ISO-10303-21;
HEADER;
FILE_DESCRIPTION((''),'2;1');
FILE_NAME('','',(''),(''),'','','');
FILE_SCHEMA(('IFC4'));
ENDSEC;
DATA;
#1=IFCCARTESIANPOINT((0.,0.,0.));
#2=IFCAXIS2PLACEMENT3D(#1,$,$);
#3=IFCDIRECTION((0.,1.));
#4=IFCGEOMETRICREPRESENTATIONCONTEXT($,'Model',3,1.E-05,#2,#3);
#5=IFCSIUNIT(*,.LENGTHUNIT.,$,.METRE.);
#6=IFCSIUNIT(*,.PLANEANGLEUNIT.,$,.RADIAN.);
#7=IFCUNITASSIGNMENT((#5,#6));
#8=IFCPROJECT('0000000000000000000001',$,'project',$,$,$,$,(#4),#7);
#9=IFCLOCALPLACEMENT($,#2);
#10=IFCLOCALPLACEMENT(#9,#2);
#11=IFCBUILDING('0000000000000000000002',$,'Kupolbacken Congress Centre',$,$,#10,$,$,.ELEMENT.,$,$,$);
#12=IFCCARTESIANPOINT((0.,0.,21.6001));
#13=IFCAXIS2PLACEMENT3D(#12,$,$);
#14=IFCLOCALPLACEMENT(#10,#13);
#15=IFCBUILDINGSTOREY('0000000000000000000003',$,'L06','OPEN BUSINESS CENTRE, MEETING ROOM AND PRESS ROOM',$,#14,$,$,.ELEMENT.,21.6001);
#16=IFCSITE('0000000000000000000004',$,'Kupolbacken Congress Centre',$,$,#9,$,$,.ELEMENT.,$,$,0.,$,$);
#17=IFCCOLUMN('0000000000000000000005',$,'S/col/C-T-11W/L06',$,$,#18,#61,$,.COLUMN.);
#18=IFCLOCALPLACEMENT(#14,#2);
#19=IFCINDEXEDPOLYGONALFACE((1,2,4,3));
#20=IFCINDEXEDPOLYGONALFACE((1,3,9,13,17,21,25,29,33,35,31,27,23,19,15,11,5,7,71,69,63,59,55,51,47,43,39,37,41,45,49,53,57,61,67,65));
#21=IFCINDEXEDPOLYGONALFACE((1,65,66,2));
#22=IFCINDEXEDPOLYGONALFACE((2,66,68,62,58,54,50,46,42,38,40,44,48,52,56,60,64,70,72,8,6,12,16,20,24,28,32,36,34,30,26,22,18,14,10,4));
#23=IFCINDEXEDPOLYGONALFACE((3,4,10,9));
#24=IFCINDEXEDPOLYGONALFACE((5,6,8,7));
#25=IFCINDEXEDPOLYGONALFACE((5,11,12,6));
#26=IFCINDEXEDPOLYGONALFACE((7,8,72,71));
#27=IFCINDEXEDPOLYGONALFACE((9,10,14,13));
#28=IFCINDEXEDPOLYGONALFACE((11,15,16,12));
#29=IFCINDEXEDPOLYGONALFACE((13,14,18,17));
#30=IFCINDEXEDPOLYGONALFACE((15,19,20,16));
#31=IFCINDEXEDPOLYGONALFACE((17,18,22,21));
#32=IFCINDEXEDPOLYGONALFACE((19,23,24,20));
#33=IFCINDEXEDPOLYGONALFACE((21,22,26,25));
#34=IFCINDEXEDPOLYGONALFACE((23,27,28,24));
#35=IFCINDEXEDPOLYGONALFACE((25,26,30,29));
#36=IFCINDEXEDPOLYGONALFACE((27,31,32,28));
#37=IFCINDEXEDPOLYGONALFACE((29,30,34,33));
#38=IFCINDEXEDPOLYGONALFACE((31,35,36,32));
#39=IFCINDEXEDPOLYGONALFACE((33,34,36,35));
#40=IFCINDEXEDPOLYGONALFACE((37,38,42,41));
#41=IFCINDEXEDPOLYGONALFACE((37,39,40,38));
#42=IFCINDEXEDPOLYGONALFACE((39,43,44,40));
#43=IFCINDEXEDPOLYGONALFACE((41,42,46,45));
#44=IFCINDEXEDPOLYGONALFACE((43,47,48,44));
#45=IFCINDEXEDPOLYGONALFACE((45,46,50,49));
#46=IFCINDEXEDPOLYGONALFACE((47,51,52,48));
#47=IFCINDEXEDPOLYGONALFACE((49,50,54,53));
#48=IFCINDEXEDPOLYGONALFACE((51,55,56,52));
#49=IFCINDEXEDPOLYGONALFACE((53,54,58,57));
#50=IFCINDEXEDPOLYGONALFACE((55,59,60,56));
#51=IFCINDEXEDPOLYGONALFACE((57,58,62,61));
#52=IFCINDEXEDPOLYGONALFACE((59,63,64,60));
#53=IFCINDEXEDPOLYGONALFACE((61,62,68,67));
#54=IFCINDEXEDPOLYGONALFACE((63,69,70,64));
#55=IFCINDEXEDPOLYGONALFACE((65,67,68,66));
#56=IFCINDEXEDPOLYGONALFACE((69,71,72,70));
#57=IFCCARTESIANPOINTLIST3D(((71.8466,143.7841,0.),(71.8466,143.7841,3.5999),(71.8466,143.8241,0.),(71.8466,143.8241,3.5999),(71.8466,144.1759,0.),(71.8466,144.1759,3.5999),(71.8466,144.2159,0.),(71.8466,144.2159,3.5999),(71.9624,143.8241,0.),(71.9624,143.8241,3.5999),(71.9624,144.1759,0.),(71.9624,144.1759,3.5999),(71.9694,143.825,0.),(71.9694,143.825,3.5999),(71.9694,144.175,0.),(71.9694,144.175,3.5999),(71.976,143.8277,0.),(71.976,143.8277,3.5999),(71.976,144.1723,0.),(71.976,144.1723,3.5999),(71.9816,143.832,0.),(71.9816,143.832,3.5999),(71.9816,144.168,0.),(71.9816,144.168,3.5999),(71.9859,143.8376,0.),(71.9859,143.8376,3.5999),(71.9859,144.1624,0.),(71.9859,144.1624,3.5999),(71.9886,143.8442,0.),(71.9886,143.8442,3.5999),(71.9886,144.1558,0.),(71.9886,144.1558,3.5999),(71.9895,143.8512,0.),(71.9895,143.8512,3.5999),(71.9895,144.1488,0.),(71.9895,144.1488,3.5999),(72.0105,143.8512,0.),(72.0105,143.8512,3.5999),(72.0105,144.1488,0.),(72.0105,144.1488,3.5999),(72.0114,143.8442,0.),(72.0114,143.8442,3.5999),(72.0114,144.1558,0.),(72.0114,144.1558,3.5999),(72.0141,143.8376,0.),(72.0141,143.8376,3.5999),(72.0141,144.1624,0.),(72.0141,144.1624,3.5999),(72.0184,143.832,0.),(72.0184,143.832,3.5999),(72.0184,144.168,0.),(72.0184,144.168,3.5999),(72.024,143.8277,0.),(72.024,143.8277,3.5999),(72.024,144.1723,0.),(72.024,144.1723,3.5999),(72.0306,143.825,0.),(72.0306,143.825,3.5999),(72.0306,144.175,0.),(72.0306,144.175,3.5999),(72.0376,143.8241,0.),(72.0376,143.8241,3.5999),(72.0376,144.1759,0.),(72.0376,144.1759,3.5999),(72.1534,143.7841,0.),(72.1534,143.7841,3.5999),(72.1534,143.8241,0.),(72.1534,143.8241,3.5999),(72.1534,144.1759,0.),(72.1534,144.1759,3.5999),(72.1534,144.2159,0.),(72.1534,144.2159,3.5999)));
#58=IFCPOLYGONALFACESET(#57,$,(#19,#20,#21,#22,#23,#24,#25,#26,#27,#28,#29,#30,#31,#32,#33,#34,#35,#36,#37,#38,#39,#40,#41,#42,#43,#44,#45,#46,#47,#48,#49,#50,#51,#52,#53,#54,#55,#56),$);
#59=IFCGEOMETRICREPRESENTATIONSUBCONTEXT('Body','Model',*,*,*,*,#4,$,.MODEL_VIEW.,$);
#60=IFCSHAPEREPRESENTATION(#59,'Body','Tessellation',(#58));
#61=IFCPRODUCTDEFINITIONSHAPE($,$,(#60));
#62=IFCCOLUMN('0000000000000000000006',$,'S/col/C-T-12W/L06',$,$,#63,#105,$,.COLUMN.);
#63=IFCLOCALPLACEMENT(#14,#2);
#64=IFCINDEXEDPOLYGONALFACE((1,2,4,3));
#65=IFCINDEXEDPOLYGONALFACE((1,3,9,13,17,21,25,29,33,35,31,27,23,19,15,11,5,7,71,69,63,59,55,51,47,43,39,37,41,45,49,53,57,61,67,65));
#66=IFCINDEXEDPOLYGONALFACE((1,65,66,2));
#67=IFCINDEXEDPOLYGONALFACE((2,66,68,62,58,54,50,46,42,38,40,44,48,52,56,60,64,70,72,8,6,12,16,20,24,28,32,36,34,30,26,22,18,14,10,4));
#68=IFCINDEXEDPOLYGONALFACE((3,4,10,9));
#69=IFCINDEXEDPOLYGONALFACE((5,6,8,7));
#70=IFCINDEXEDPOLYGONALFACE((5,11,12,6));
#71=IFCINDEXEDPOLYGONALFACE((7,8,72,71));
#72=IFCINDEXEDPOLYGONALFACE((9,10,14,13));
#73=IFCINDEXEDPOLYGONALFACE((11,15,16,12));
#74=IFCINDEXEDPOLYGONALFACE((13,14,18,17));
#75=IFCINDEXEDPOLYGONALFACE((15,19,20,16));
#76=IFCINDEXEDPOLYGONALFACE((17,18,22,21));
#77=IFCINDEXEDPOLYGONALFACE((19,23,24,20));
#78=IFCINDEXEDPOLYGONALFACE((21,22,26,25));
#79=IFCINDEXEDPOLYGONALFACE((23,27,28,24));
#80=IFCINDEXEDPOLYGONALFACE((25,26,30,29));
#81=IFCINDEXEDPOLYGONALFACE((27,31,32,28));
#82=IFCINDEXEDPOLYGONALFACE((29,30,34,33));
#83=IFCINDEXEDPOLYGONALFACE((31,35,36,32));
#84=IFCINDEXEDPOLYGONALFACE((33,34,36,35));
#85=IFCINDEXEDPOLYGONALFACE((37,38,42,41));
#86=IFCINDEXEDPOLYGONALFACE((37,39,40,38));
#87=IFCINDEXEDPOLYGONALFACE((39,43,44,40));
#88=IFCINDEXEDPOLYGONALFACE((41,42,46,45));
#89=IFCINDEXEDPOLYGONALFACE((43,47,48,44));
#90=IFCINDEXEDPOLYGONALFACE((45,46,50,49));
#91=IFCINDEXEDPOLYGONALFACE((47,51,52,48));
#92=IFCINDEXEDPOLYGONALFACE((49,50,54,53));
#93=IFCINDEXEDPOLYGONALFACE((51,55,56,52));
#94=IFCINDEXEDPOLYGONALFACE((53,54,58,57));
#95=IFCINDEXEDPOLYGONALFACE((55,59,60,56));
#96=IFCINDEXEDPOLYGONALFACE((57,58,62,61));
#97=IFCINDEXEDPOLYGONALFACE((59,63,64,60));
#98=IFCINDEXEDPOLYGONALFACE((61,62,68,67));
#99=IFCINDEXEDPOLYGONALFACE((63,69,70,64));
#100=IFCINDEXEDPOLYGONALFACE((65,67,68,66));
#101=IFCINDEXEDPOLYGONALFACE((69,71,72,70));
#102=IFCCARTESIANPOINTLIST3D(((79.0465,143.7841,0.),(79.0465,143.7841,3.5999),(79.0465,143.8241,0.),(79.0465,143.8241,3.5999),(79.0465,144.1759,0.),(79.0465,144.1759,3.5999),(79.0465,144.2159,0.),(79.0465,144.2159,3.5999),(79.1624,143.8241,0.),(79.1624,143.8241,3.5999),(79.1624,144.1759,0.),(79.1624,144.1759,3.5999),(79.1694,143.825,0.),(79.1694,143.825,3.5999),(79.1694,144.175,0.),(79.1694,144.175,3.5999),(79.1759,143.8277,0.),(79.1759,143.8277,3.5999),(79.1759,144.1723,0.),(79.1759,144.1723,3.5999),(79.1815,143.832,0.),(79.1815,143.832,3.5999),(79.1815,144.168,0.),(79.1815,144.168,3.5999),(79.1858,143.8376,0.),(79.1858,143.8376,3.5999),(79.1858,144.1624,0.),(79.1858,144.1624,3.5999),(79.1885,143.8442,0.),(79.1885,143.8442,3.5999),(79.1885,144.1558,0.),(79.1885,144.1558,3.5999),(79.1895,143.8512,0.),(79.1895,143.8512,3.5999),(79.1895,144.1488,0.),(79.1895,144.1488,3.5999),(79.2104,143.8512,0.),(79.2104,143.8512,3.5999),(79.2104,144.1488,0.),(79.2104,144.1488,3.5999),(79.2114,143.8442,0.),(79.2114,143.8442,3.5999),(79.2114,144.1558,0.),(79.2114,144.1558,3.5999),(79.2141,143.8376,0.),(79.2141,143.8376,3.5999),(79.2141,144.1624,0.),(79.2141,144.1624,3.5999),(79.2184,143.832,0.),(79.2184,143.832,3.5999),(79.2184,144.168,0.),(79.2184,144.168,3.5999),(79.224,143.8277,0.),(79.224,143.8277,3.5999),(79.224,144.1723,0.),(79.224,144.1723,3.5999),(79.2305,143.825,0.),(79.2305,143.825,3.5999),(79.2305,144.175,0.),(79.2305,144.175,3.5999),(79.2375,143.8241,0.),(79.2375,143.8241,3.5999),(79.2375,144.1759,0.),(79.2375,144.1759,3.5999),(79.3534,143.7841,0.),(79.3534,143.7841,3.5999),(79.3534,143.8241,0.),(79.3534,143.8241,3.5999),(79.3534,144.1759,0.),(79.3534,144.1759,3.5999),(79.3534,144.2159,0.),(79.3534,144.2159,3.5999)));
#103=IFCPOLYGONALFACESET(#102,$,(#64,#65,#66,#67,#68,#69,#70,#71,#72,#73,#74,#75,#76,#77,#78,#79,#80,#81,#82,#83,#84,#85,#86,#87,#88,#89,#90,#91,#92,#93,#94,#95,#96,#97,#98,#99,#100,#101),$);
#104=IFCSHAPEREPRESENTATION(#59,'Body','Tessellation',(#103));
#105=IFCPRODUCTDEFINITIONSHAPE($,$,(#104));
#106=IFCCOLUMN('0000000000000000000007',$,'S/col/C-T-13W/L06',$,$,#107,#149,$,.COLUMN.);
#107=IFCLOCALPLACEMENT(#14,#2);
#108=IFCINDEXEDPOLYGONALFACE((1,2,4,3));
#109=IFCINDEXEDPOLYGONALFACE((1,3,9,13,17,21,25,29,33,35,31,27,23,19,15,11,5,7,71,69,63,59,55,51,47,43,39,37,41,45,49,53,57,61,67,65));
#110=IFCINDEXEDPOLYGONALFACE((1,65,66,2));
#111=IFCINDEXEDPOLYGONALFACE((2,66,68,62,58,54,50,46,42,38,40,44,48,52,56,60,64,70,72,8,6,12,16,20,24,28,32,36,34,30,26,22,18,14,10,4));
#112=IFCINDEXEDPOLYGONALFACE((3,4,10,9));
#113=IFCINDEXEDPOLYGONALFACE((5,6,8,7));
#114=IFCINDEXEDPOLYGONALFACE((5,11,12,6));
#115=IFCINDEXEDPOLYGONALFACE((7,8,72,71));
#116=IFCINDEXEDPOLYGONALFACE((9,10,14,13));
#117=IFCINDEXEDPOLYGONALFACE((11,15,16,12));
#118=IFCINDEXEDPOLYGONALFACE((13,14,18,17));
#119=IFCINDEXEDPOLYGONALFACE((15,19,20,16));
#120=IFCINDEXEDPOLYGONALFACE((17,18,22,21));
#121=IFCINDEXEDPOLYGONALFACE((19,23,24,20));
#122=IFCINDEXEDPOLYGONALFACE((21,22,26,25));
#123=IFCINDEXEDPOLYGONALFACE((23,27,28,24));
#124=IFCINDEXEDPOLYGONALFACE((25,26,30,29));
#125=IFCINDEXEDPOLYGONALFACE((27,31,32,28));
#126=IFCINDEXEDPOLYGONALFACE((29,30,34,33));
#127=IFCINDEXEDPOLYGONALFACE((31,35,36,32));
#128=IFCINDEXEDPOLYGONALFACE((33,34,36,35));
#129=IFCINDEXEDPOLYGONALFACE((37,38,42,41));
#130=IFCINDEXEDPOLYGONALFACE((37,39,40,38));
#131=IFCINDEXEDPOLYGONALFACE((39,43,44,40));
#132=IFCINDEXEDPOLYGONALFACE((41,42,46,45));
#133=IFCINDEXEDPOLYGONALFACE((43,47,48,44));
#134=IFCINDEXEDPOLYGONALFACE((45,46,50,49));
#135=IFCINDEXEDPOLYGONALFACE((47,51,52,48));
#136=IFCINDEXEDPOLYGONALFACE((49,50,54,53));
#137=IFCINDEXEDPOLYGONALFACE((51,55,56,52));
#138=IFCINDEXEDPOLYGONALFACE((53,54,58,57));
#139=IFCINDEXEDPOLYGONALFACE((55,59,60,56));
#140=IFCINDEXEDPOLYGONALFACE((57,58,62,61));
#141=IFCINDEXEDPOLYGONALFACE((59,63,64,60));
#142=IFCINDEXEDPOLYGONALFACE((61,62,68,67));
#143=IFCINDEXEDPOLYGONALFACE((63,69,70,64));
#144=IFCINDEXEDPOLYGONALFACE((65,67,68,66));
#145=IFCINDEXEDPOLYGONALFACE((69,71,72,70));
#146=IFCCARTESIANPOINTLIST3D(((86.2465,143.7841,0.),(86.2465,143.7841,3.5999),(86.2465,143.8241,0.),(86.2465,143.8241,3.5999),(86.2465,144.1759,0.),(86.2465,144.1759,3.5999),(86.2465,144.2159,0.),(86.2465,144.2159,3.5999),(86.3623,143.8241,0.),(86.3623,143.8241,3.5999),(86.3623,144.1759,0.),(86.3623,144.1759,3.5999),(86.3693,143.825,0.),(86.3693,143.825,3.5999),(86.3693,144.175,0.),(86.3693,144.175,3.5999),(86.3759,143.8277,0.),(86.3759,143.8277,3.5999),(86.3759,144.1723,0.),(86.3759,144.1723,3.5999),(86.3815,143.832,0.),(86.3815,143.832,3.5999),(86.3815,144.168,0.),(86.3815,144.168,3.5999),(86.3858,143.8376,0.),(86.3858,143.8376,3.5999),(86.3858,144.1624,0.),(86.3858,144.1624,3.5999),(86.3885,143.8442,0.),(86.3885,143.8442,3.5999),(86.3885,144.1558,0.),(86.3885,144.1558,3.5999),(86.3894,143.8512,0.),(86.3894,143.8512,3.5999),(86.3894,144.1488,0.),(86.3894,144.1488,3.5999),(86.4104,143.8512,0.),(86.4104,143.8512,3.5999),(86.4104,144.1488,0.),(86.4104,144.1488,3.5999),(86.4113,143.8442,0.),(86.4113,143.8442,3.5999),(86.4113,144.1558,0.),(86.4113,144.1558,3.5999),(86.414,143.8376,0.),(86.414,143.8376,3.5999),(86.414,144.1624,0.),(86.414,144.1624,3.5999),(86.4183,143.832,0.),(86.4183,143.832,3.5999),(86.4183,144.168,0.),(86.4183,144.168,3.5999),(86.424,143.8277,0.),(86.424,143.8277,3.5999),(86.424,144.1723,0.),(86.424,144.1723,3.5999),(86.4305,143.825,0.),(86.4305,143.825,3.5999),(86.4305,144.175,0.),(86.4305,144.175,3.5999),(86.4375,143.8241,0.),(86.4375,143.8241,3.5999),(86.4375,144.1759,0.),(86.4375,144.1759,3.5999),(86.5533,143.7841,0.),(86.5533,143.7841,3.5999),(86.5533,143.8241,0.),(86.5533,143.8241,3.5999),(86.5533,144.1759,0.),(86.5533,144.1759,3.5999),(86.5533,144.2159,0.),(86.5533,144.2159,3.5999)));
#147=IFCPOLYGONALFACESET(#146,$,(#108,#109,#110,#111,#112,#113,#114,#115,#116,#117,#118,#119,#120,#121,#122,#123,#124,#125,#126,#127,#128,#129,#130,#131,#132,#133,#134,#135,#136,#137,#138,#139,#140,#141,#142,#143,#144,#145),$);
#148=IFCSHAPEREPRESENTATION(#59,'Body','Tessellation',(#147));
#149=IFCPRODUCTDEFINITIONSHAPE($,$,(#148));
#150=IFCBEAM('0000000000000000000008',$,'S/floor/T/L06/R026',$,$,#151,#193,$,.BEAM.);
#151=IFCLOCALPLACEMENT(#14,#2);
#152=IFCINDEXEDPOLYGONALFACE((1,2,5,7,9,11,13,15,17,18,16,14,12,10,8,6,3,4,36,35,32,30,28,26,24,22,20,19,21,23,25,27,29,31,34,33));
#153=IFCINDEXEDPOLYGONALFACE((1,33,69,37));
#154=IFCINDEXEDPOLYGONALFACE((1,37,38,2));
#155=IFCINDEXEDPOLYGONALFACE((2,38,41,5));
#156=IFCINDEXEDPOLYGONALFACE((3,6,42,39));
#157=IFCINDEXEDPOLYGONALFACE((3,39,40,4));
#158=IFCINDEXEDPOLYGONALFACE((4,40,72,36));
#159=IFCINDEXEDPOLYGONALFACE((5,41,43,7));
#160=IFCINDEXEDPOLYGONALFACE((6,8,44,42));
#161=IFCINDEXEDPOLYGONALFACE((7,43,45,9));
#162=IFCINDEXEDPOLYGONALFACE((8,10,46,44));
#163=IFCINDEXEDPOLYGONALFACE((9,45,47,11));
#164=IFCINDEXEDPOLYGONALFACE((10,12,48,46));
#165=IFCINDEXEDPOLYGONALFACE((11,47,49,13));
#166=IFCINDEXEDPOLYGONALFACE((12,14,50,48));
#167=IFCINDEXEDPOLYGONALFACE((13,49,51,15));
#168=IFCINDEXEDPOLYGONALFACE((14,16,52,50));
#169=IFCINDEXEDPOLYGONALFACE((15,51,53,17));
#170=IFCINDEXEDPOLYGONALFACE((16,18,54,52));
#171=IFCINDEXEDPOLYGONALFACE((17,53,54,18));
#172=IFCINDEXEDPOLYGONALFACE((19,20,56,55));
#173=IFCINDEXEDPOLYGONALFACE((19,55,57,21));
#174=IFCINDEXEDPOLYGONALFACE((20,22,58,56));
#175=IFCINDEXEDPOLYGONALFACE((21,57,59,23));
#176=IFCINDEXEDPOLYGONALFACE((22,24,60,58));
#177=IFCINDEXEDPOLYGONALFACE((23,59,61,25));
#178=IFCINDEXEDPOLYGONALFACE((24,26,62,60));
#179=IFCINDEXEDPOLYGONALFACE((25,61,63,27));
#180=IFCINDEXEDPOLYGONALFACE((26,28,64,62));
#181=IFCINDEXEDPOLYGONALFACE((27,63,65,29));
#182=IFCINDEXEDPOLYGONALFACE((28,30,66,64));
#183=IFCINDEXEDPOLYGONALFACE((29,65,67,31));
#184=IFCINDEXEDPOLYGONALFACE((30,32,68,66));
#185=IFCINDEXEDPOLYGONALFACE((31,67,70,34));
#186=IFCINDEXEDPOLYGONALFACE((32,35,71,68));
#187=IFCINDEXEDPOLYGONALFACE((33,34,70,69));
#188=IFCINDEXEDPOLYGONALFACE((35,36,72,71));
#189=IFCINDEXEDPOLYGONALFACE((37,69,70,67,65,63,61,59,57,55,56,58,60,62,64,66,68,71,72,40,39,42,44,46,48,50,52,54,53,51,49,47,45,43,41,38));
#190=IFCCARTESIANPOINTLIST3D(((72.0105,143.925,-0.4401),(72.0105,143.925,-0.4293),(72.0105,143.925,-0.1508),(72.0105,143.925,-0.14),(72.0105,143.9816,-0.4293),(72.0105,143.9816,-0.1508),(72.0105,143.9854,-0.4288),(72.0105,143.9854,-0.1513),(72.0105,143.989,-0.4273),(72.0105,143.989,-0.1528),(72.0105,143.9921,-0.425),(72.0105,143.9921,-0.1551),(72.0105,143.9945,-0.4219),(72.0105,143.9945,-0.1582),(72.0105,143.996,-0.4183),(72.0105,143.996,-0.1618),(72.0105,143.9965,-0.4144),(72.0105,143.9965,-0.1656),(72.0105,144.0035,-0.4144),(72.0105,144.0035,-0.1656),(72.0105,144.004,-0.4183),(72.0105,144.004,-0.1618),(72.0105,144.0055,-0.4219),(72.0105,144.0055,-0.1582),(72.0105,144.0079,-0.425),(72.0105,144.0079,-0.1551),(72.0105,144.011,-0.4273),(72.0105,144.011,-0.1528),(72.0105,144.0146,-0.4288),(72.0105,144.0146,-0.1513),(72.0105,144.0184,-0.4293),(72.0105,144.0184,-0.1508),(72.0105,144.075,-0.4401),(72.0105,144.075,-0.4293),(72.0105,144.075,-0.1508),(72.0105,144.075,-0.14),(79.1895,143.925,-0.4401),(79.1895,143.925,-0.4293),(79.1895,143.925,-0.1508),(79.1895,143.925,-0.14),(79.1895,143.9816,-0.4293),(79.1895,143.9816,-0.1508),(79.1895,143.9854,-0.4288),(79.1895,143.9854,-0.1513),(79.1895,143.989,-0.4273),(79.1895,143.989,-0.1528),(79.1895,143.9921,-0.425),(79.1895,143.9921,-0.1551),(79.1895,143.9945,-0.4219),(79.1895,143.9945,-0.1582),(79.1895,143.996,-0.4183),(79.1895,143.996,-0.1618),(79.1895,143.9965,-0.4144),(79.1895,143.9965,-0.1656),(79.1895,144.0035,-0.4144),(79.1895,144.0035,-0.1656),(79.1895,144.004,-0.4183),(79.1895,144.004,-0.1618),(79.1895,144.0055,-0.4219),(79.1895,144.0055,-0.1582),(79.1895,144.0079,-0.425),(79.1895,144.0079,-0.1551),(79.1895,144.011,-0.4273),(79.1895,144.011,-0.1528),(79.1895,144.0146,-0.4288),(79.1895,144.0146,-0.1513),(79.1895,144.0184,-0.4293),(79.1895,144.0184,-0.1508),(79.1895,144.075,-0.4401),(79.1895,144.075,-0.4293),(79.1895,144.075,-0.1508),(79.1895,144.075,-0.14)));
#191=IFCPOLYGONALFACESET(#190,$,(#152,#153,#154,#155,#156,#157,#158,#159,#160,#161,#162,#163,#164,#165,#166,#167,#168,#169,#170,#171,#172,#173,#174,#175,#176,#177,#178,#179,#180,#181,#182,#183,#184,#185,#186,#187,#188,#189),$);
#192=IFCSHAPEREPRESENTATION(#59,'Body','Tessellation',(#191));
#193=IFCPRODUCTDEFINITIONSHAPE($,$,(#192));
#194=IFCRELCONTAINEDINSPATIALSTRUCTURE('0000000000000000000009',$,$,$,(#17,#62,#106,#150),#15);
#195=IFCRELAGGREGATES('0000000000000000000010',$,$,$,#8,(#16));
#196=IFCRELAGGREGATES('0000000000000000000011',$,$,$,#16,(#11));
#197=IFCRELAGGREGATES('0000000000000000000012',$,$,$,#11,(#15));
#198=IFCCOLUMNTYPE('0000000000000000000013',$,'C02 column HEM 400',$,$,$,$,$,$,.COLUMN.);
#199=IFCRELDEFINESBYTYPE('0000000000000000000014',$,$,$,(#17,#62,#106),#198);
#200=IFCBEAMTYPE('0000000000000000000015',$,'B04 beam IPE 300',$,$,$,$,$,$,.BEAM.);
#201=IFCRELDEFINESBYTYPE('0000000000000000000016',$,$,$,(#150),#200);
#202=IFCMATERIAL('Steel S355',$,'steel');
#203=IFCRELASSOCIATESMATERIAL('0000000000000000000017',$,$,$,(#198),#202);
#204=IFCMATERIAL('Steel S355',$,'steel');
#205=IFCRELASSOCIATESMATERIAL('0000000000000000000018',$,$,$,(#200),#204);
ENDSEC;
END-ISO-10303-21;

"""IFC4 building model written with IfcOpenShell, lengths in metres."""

from ifc_helpers import new_model, si_unit, direction, frame, origin, origin_2d, place, context, subcontext, project, spatial, i_section, extrude, material, material_profile, profile_set, type_object, element, save


model = new_model("IFC4")

# Units and contexts
model_context = context("Model", 3, precision=1e-05, world=origin(), true_north=direction((0.0, 1.0)))
body_context = subcontext(model_context, "Body", "Model", "MODEL_VIEW")
ifc_project = project(units=[si_unit("LENGTHUNIT", "METRE"), si_unit("PLANEANGLEUNIT", "RADIAN")], contexts=[model_context])

# Site, building, storey
site_placement = place(None, origin())
site = spatial("IfcSite", under=ifc_project, at=site_placement, Name="Kupolbacken Congress Centre", CompositionType="ELEMENT", RefElevation=0.0)
building_placement = place(site_placement, origin())
building = spatial("IfcBuilding", under=site, at=building_placement, Name="Kupolbacken Congress Centre", CompositionType="ELEMENT")
storey_placement = place(building_placement, frame((0.0, 0.0, 21.6001)))
storey = spatial("IfcBuildingStorey", under=building, at=storey_placement, Name="L06", Description="OPEN BUSINESS CENTRE, MEETING ROOM AND PRESS ROOM", CompositionType="ELEMENT", Elevation=21.6001)

# Columns
ifc_material_1 = material(Name="Steel S355", Category="steel")
ifc_material_profile_1 = material_profile(ifc_material_1, i_section(OverallWidth=0.3069, OverallDepth=0.4319, WebThickness=0.021, FlangeThickness=0.04, FilletRadius=0.0271, at=origin_2d()), Name="HEM 400")
ifc_profile_set_1 = profile_set([ifc_material_profile_1], Name="Steel S355")
column_type = type_object("IfcColumnType", Name="C02 column HEM 400", PredefinedType="COLUMN", material=ifc_profile_set_1)
for number, where, z_axis, x_axis, name in (
    (1, (72.0, 144.0, 0.0), (0.0, 0.0, 1.0), (1.0, 0.0, 0.0), "S/col/C-T-11W/L06"),
    (2, (79.2, 144.0, 0.0), (0.0, 0.0, 1.0), (1.0, 0.0, 0.0), "S/col/C-T-12W/L06"),
    (3, (86.3999, 144.0, 0.0), (0.0, 0.0, 1.0), (1.0, 0.0, 0.0), "S/col/C-T-13W/L06"),
):
    element("IfcColumn", number, at=place(storey_placement, frame(where, z_axis=z_axis, x_axis=x_axis)), inside=storey, type_object=column_type, Name=name, PredefinedType="COLUMN", context=body_context, shape_type="SweptSolid", body=[
        extrude(i_section(OverallWidth=0.3069, OverallDepth=0.4319, WebThickness=0.021, FlangeThickness=0.04, FilletRadius=0.0271, at=origin_2d()), origin(), (0.0, 0.0, 1.0), 3.5999),
    ])

# Beam
ifc_material_2 = material(Name="Steel S355", Category="steel")
ifc_material_profile_2 = material_profile(ifc_material_2, i_section(OverallWidth=0.1499, OverallDepth=0.3, WebThickness=0.0071, FlangeThickness=0.0107, FilletRadius=0.0149, at=origin_2d()), Name="IPE 300")
ifc_profile_set_2 = profile_set([ifc_material_profile_2], Name="Steel S355")
beam_type_1 = type_object("IfcBeamType", Name="B04 beam IPE 300", PredefinedType="BEAM", material=ifc_profile_set_2)
for number, where, z_axis, x_axis, name in (
    (4, (72.0105, 144.0, -0.29), (1.0, 0.0, 0.0), (0.0, 1.0, 0.0), "S/floor/T/L06/R026"),
):
    element("IfcBeam", number, at=place(storey_placement, frame(where, z_axis=z_axis, x_axis=x_axis)), inside=storey, type_object=beam_type_1, Name=name, PredefinedType="BEAM", context=body_context, shape_type="SweptSolid", body=[
        extrude(i_section(OverallWidth=0.1499, OverallDepth=0.3, WebThickness=0.0071, FlangeThickness=0.0107, FilletRadius=0.0149, at=origin_2d()), origin(), (0.0, 0.0, 1.0), 7.179),
    ])

save(model, "model.ifc")
